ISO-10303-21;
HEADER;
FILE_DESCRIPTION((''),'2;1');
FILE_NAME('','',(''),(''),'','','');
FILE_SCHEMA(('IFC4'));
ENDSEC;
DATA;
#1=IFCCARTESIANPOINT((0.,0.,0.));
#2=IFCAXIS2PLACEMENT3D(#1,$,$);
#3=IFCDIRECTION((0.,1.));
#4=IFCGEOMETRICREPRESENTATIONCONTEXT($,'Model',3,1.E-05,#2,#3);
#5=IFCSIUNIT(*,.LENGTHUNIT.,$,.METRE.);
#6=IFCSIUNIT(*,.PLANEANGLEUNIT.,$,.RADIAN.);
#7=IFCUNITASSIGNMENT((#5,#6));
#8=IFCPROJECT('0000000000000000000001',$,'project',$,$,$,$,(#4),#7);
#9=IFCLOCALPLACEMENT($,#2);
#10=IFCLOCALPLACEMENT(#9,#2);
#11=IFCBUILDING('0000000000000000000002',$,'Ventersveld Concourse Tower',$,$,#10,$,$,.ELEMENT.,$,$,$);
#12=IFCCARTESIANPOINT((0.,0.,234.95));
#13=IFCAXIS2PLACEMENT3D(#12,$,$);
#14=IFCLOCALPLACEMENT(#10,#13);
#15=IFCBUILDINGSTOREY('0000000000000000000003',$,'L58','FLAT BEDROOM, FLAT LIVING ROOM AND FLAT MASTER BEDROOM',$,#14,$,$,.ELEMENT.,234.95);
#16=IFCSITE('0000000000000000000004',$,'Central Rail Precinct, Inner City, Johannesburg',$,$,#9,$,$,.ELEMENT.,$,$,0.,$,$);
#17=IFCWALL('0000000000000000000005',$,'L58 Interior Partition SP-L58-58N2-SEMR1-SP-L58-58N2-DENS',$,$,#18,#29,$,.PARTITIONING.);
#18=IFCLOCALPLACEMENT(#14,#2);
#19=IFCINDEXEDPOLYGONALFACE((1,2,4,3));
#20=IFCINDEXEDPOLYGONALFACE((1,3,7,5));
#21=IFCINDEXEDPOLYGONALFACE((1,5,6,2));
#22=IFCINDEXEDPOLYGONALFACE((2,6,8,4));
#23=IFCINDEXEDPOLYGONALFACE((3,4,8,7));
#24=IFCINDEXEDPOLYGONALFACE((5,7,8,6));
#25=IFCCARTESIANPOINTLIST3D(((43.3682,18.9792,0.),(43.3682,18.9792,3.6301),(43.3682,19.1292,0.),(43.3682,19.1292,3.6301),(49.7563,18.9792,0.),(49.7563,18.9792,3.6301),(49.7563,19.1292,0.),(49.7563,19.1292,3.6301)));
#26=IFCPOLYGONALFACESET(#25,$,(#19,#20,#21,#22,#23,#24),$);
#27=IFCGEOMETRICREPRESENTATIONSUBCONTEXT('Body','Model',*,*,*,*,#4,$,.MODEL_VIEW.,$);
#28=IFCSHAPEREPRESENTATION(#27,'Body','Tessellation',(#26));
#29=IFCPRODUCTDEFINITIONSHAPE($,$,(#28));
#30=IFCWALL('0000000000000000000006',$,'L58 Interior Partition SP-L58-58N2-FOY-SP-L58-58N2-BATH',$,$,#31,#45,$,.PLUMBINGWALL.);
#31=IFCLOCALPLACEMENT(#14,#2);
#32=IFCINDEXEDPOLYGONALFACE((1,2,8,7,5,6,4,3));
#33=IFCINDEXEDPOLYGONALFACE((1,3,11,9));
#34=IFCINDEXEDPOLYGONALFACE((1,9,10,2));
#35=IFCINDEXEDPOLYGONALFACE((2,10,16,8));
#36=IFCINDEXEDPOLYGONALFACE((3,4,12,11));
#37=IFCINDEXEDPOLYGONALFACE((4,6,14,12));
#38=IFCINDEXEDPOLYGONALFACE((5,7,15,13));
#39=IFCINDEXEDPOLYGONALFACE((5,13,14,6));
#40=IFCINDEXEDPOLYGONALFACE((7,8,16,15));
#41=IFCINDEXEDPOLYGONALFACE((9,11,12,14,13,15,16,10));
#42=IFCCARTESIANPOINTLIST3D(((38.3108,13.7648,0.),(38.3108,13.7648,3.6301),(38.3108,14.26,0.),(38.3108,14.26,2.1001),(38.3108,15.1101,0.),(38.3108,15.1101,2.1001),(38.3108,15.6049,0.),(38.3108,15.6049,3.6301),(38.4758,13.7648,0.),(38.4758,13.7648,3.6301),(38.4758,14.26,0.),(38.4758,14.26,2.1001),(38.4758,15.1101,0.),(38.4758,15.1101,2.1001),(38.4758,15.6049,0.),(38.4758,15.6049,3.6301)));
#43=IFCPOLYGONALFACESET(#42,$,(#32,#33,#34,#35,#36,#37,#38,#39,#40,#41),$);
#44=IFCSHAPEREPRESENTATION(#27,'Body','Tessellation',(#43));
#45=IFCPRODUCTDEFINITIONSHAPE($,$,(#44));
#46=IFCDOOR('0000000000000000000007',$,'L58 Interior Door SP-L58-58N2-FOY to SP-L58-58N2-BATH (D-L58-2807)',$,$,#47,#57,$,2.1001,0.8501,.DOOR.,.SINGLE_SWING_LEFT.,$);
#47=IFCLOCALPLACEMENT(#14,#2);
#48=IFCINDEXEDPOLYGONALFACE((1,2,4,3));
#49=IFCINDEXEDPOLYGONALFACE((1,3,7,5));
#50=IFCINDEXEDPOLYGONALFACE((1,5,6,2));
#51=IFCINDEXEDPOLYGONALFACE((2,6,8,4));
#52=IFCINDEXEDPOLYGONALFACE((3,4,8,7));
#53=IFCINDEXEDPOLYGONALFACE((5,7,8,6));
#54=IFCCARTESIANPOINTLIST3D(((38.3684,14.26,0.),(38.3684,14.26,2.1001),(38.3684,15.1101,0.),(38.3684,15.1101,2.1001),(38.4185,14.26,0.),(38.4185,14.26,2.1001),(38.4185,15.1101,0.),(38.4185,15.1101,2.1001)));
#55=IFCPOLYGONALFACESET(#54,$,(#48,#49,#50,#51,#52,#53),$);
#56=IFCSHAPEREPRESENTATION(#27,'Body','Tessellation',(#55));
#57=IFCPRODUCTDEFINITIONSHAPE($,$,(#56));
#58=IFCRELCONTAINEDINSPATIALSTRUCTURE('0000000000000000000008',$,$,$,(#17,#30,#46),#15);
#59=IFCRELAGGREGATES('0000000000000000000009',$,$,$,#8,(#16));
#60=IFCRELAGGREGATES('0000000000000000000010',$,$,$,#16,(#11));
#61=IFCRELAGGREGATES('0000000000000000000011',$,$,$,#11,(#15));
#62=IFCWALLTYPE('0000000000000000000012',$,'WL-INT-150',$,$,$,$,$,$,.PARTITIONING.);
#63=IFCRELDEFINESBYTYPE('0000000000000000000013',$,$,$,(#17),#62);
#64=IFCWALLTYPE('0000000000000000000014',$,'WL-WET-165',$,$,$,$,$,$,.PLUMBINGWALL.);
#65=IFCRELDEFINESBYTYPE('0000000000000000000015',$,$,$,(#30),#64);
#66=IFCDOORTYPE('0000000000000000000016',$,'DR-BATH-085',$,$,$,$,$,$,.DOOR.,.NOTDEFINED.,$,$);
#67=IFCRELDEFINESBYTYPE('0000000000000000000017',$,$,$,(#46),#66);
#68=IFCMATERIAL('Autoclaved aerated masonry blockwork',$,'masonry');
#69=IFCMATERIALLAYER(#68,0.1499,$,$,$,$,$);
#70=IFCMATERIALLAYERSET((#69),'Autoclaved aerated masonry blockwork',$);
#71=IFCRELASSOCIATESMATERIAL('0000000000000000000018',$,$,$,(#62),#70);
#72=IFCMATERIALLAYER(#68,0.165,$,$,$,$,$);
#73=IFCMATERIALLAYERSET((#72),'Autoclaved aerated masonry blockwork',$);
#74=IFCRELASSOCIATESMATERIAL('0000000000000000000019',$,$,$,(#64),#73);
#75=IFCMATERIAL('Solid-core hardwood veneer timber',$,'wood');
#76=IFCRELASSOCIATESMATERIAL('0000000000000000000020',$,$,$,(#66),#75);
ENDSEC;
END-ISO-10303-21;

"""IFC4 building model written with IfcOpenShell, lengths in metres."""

from ifc_helpers import new_model, si_unit, direction, frame, frame_2d, origin, place, context, subcontext, project, spatial, rectangle, extrude, material, layer, layer_set, type_object, element, fill, save


model = new_model("IFC4")

# Units and contexts
model_context = context("Model", 3, precision=1e-05, world=origin(), true_north=direction((0.0, 1.0)))
body_context = subcontext(model_context, "Body", "Model", "MODEL_VIEW")
ifc_project = project(units=[si_unit("LENGTHUNIT", "METRE"), si_unit("PLANEANGLEUNIT", "RADIAN")], contexts=[model_context])

# Site, building, storey
site_placement = place(None, origin())
site = spatial("IfcSite", under=ifc_project, at=site_placement, Name="Central Rail Precinct, Inner City, Johannesburg", CompositionType="ELEMENT", RefElevation=0.0)
building_placement = place(site_placement, origin())
building = spatial("IfcBuilding", under=site, at=building_placement, Name="Ventersveld Concourse Tower", CompositionType="ELEMENT")
storey_placement = place(building_placement, frame((0.0, 0.0, 234.95)))
storey = spatial("IfcBuildingStorey", under=building, at=storey_placement, Name="L58", Description="FLAT BEDROOM, FLAT LIVING ROOM AND FLAT MASTER BEDROOM", CompositionType="ELEMENT", Elevation=234.95)

# Shared definitions
ifc_material_1 = material(Name="Solid-core hardwood veneer timber", Category="wood")

# Shared definitions
ifc_material_2 = material(Name="Autoclaved aerated masonry blockwork", Category="masonry")
ifc_layer_1 = layer(ifc_material_2, 0.1499)
ifc_layer_set_1 = layer_set([ifc_layer_1], Name="Autoclaved aerated masonry blockwork")
wall_type_1 = type_object("IfcWallType", Name="WL-INT-150", PredefinedType="PARTITIONING", material=ifc_layer_set_1)

# Wall
for number, where, z_axis, x_axis, name in (
    (1, (43.3682, 19.0542, 0.0), (0.0, 0.0, 1.0), (1.0, 0.0, 0.0), "L58 Interior Partition SP-L58-58N2-SEMR1-SP-L58-58N2-DENS"),
):
    element("IfcWall", number, at=place(storey_placement, frame(where, z_axis=z_axis, x_axis=x_axis)), inside=storey, type_object=wall_type_1, Name=name, PredefinedType="PARTITIONING", context=body_context, shape_type="SweptSolid", body=[
        extrude(rectangle(XDim=6.3882, YDim=0.1499, at=frame_2d((3.1941, 0.0))), origin(), (0.0, 0.0, 1.0), 3.6301),
    ])

# Wall, opening, door
ifc_layer_2 = layer(ifc_material_2, 0.165)
ifc_layer_set_2 = layer_set([ifc_layer_2], Name="Autoclaved aerated masonry blockwork")
wall_type_2 = type_object("IfcWallType", Name="WL-WET-165", PredefinedType="PLUMBINGWALL", material=ifc_layer_set_2)
wall_1_placement = place(storey_placement, frame((38.3933, 13.7649, 0.0), z_axis=(0.0, 0.0, 1.0), x_axis=(0.0, 1.0, 0.0)))
wall_1 = element("IfcWall", 2, at=wall_1_placement, inside=storey, type_object=wall_type_2, Name="L58 Interior Partition SP-L58-58N2-FOY-SP-L58-58N2-BATH", PredefinedType="PLUMBINGWALL", context=body_context, shape_type="SweptSolid", body=[
    extrude(rectangle(XDim=1.8401, YDim=0.165, at=frame_2d((0.9199, 0.0))), origin(), (0.0, 0.0, 1.0), 3.6301),
])
opening_1_placement = place(wall_1_placement, frame((0.4951, 0.0, 0.0)))
opening_1 = element("IfcOpeningElement", 3, at=opening_1_placement, cuts=wall_1, PredefinedType="OPENING", context=body_context, shape_type="SweptSolid", body=[
    extrude(rectangle(XDim=0.8501, YDim=2.1001, at=frame_2d((0.425, 1.05))), frame((0.0, 0.0925, 0.0), z_axis=(0.0, -1.0, 0.0), x_axis=(1.0, 0.0, 0.0)), (0.0, 0.0, 1.0), 0.1851),
])
door_type_1 = type_object("IfcDoorType", Name="DR-BATH-085", OperationType="NOTDEFINED", PredefinedType="DOOR", material=ifc_material_1)
door_1_placement = place(opening_1_placement, origin())
door_1 = element("IfcDoor", 4, at=door_1_placement, inside=storey, type_object=door_type_1, Name="L58 Interior Door SP-L58-58N2-FOY to SP-L58-58N2-BATH (D-L58-2807)", OperationType="SINGLE_SWING_LEFT", OverallHeight=2.1001, OverallWidth=0.8501, PredefinedType="DOOR", context=body_context, shape_type="SweptSolid", body=[
    extrude(rectangle(XDim=0.8501, YDim=2.1001, at=frame_2d((0.425, 1.05))), frame((0.0, 0.0249, 0.0), z_axis=(0.0, -1.0, 0.0), x_axis=(1.0, 0.0, 0.0)), (0.0, 0.0, 1.0), 0.05),
])
fill(opening_1, door_1)

save(model, "model.ifc")
